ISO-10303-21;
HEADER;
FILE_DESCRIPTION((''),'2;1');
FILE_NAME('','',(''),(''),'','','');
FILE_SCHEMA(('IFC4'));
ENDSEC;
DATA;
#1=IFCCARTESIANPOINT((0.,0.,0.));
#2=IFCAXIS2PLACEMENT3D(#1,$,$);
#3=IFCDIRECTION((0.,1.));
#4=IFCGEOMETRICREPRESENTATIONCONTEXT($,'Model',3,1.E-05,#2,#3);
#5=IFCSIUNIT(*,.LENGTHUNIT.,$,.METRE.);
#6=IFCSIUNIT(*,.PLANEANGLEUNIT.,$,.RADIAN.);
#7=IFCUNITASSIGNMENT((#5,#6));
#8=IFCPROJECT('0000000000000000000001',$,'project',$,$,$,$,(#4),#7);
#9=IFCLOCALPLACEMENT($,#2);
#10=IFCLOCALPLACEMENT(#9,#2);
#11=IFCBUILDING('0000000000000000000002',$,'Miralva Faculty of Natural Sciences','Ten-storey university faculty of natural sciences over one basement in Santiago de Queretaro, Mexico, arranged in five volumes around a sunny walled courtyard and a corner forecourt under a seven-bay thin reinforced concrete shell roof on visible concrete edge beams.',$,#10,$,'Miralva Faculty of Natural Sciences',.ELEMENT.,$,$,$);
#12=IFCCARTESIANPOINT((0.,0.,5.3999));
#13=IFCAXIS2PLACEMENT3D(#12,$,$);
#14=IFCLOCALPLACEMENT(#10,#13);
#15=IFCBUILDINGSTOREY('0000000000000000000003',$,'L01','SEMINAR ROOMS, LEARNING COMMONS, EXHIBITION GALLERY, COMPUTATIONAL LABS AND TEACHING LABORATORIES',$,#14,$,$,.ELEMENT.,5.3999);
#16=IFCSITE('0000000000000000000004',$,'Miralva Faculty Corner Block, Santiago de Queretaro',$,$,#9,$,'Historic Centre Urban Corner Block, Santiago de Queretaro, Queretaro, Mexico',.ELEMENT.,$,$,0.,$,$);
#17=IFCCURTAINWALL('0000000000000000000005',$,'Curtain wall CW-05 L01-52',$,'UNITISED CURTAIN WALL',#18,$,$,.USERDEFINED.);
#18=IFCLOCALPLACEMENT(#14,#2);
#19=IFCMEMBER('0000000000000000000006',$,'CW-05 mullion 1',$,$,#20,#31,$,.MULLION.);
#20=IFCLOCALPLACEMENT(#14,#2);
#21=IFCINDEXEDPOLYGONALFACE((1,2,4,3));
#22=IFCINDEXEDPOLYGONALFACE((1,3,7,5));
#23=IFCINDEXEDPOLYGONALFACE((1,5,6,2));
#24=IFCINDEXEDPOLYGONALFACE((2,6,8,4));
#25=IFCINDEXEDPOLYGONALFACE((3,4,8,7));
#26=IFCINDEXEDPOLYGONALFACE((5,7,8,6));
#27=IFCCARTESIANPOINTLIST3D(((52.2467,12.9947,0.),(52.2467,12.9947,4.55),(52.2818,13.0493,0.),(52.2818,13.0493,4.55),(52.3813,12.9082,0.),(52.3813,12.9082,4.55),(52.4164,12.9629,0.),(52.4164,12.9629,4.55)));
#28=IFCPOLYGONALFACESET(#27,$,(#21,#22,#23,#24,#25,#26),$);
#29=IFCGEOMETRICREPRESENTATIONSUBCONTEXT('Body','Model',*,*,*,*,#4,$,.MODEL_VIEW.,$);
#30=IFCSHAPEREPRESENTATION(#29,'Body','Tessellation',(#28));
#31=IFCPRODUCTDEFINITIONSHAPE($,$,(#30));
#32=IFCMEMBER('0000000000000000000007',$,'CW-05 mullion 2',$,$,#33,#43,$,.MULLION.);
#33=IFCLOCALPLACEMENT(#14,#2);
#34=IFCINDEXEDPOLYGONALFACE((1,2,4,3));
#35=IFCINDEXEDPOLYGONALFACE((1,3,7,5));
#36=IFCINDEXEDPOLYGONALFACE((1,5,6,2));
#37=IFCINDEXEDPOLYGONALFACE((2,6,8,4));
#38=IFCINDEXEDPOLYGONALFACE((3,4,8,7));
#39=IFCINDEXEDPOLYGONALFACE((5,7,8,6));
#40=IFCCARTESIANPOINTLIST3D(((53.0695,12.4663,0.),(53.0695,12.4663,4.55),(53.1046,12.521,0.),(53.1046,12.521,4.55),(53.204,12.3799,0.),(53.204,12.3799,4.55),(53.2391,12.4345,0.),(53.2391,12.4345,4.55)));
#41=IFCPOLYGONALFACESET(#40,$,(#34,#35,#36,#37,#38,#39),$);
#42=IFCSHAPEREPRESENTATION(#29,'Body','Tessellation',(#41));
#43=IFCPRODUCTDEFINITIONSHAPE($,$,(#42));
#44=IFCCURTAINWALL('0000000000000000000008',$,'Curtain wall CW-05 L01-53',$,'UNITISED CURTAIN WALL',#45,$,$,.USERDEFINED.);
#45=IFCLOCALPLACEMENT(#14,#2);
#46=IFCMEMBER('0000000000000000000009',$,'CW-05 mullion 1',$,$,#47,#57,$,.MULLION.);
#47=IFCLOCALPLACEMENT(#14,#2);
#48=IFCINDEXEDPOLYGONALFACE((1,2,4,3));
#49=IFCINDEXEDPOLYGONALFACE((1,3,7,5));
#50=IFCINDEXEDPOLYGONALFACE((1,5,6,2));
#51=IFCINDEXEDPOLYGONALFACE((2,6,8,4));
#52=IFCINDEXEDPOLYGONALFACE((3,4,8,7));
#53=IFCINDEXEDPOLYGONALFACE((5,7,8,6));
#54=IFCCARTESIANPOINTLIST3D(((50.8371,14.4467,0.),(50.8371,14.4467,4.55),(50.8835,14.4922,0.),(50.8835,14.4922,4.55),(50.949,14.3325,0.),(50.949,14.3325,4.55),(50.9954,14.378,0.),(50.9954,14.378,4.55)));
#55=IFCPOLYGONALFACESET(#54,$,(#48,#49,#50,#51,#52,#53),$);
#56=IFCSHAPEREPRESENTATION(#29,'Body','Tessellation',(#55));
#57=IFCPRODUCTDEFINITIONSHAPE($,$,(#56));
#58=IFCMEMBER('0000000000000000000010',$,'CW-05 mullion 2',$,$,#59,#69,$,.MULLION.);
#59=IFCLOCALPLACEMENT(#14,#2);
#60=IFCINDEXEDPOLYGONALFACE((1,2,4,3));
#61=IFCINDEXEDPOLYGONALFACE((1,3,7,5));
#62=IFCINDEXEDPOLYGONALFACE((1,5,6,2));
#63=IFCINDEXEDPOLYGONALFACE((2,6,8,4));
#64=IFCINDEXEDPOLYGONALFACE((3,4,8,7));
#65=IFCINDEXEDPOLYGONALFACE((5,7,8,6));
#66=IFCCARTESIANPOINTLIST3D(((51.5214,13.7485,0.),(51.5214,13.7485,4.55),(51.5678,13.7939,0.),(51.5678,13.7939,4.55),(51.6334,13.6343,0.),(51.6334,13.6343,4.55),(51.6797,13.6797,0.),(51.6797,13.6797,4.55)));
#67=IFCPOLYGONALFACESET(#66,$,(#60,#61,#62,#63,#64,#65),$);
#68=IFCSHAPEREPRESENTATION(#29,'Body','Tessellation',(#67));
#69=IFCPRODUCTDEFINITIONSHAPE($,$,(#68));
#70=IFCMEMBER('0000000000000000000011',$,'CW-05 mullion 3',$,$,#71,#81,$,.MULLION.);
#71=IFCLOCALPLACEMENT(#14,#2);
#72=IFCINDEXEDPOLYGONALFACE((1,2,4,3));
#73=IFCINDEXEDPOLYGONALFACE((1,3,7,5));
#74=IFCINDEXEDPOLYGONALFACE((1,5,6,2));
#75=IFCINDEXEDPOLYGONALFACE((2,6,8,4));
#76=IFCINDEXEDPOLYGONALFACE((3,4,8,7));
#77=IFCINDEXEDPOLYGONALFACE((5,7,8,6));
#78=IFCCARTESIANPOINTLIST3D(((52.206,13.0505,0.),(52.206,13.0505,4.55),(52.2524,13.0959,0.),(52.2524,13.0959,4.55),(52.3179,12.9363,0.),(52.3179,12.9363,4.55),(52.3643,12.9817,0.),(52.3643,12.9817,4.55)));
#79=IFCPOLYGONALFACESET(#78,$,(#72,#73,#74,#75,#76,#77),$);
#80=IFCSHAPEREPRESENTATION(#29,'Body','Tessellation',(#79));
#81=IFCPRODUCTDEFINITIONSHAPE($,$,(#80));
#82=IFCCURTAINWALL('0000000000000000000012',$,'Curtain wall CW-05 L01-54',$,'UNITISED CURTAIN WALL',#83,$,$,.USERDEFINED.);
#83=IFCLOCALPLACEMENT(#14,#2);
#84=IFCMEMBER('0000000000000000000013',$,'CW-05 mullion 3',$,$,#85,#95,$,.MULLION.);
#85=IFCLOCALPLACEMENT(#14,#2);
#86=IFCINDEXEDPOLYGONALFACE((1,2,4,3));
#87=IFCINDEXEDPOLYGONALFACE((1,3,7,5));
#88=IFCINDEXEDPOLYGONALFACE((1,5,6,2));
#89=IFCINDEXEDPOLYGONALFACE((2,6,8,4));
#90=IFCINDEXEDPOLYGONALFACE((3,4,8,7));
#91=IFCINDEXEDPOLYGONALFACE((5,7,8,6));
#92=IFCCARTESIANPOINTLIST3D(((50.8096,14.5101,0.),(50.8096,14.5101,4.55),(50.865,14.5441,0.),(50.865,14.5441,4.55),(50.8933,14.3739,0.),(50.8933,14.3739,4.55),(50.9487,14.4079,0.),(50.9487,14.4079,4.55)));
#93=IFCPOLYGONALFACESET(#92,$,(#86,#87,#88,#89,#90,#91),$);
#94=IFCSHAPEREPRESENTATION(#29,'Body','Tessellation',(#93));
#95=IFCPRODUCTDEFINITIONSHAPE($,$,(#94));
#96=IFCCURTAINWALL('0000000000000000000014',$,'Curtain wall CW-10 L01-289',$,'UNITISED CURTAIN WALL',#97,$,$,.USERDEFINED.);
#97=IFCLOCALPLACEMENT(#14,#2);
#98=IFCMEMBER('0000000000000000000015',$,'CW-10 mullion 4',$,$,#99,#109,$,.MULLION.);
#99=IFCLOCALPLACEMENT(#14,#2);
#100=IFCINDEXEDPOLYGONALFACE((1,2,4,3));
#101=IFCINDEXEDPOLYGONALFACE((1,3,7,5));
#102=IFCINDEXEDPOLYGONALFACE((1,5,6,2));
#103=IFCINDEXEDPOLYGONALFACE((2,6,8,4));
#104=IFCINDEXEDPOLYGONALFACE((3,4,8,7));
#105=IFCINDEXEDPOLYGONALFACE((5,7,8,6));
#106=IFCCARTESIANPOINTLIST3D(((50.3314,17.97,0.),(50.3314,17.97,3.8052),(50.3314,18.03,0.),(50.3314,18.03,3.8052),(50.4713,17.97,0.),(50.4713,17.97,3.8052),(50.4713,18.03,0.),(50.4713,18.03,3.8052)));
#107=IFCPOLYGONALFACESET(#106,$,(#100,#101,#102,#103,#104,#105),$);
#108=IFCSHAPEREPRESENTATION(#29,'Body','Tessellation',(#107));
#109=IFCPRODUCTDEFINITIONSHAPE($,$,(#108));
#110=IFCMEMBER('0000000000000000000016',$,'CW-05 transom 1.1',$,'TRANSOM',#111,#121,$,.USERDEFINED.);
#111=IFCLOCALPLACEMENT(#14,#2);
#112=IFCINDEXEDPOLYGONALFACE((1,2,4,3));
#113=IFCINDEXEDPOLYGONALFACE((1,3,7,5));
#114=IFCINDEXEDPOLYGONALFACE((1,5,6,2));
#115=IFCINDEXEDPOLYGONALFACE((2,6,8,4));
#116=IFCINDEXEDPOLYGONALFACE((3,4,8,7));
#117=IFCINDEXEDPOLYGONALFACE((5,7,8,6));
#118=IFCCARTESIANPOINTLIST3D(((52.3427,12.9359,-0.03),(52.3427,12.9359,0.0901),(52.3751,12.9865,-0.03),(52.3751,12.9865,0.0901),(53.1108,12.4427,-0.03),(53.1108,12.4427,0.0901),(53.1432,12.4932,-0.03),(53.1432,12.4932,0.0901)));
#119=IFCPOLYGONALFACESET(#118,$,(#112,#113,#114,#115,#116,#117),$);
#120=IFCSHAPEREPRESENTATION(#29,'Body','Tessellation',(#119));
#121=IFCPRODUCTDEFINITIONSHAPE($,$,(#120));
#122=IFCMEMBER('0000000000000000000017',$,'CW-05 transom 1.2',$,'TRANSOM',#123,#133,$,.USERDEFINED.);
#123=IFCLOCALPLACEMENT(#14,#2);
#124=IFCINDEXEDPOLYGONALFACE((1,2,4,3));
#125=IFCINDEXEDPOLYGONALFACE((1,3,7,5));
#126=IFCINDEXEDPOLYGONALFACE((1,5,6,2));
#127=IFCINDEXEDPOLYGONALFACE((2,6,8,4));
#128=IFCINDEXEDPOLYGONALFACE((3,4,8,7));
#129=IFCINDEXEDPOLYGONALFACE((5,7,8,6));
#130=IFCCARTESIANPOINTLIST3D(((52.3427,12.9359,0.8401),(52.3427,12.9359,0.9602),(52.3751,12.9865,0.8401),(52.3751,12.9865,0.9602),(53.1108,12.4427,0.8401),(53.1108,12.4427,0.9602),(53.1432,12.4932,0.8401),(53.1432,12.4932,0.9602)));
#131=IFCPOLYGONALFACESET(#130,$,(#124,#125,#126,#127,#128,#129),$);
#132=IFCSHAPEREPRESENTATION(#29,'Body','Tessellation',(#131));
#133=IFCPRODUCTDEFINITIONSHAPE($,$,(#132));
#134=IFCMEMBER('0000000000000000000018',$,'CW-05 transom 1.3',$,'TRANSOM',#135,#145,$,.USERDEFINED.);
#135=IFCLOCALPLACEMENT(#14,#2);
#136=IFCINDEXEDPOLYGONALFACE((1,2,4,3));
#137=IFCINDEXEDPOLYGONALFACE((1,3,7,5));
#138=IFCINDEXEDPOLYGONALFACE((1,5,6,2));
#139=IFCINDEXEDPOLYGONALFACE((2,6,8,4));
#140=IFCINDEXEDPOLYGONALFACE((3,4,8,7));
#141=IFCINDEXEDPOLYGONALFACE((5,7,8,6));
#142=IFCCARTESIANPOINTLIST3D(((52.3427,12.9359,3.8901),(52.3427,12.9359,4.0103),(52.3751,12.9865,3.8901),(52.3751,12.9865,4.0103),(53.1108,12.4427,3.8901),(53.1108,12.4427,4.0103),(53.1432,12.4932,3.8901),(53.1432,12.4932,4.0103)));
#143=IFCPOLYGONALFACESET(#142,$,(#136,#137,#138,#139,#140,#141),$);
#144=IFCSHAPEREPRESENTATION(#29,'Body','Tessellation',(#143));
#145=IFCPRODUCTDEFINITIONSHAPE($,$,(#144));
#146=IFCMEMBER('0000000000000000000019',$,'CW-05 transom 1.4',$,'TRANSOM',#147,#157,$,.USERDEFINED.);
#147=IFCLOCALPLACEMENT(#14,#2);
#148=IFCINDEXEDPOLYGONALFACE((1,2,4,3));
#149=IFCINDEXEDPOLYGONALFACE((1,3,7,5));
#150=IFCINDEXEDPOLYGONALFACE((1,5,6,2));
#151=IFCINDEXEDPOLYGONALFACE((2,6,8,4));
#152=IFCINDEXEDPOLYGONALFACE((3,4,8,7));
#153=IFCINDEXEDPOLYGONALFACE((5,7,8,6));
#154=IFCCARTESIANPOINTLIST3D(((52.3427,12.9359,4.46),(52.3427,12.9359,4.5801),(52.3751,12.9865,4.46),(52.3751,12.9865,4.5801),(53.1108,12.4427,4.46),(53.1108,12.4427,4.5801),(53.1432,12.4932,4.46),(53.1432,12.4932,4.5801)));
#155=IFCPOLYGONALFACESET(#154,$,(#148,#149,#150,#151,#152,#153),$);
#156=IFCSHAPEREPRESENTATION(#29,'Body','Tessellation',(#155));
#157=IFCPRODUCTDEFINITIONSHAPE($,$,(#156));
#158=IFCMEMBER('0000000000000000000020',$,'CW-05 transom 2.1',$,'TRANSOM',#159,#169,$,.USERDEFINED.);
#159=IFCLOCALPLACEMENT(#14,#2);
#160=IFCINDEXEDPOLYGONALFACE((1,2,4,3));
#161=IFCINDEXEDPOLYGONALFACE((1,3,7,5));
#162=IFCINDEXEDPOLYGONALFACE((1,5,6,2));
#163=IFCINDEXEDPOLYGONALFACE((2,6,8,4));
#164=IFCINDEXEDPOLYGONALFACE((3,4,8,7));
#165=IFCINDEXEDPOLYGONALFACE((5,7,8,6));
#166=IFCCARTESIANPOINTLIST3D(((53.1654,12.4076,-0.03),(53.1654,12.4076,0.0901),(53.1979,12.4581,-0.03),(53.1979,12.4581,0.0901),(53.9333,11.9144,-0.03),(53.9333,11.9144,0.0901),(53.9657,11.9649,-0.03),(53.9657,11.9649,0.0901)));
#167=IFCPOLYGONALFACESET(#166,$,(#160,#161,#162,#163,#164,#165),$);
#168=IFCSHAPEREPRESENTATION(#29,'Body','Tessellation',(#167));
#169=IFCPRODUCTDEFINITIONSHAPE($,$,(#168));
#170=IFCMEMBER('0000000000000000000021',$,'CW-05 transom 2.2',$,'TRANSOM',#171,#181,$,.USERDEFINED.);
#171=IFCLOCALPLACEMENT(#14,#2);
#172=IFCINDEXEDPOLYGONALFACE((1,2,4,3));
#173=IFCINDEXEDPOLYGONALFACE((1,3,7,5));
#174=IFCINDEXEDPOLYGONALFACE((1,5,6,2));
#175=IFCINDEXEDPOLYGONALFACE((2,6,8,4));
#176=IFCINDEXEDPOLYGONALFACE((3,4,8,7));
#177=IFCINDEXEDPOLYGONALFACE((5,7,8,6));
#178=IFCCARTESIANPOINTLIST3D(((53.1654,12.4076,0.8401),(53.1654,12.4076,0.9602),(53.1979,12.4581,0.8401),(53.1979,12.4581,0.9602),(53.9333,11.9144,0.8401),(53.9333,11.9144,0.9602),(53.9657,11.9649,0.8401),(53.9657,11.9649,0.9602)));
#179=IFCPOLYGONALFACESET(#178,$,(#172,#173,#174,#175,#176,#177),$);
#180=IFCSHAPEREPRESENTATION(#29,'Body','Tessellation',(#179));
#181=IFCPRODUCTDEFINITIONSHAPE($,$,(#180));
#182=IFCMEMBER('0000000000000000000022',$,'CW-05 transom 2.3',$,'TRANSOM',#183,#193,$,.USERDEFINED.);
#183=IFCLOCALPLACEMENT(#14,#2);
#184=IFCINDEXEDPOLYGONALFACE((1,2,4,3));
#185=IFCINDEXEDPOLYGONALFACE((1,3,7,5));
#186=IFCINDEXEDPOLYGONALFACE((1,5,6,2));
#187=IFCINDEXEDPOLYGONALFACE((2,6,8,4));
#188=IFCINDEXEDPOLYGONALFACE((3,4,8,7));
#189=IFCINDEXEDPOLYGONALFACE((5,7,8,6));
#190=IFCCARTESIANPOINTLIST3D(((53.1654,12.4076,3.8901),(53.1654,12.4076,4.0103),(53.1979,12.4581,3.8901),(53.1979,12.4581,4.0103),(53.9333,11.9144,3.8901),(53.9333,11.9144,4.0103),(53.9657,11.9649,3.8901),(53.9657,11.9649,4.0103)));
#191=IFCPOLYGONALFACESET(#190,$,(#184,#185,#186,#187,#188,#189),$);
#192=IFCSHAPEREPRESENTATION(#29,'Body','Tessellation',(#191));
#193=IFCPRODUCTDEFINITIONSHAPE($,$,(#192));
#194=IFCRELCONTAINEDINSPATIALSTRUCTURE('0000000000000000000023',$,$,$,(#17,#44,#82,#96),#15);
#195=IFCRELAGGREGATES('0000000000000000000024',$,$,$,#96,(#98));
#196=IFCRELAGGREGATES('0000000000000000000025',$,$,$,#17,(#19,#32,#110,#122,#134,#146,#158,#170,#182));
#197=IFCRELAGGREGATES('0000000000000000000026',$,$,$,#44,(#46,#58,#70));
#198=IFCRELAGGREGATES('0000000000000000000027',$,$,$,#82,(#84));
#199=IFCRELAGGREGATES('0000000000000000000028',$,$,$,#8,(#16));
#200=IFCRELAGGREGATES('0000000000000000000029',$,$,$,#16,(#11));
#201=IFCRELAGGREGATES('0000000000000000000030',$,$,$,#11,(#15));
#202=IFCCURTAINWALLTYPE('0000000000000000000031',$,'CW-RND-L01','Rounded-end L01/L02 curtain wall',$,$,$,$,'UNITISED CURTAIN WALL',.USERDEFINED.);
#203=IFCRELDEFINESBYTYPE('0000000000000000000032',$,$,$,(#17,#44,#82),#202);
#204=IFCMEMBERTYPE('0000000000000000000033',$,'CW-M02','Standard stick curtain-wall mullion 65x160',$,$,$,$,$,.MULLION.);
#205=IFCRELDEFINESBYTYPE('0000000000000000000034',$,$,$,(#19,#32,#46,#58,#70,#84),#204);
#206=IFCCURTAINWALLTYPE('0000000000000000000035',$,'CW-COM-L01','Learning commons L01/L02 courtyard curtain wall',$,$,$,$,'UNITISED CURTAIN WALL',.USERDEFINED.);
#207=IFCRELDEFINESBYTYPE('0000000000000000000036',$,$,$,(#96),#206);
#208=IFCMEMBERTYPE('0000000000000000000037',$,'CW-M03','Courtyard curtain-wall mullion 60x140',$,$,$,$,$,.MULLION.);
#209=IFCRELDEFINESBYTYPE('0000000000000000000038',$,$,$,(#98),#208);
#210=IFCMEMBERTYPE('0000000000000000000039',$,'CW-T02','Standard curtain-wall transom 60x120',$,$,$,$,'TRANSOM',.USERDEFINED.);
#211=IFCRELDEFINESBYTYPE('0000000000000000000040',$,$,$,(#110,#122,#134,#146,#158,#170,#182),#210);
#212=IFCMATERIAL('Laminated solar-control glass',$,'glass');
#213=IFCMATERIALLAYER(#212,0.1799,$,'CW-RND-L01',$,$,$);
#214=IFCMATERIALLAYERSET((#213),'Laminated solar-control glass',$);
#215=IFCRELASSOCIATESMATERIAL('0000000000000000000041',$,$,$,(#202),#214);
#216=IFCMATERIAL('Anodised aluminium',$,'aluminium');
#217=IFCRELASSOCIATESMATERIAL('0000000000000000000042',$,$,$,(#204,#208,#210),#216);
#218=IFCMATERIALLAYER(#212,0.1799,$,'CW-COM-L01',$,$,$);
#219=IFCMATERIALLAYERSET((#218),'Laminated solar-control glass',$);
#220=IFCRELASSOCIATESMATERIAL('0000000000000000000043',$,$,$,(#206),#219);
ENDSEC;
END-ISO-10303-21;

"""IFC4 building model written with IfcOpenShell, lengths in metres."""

from ifc_helpers import new_model, si_unit, direction, frame, origin, origin_2d, place, context, subcontext, project, spatial, rectangle, extrude, material, layer, layer_set, material_profile, profile_set, type_object, element, aggregate, save


model = new_model("IFC4")

# Units and contexts
model_context = context("Model", 3, precision=1e-05, world=origin(), true_north=direction((0.0, 1.0)))
body_context = subcontext(model_context, "Body", "Model", "MODEL_VIEW")
ifc_project = project(units=[si_unit("LENGTHUNIT", "METRE"), si_unit("PLANEANGLEUNIT", "RADIAN")], contexts=[model_context])

# Site, building, storey
site_placement = place(None, origin())
site = spatial("IfcSite", under=ifc_project, at=site_placement, Name="Miralva Faculty Corner Block, Santiago de Queretaro", LongName="Historic Centre Urban Corner Block, Santiago de Queretaro, Queretaro, Mexico", CompositionType="ELEMENT", RefElevation=0.0)
building_placement = place(site_placement, origin())
building = spatial("IfcBuilding", under=site, at=building_placement, Name="Miralva Faculty of Natural Sciences", Description="Ten-storey university faculty of natural sciences over one basement in Santiago de Queretaro, Mexico, arranged in five volumes around a sunny walled courtyard and a corner forecourt under a seven-bay thin reinforced concrete shell roof on visible concrete edge beams.", LongName="Miralva Faculty of Natural Sciences", CompositionType="ELEMENT")
storey_placement = place(building_placement, frame((0.0, 0.0, 5.3999)))
storey = spatial("IfcBuildingStorey", under=building, at=storey_placement, Name="L01", Description="SEMINAR ROOMS, LEARNING COMMONS, EXHIBITION GALLERY, COMPUTATIONAL LABS AND TEACHING LABORATORIES", CompositionType="ELEMENT", Elevation=5.3999)

# Curtain walls, members
ifc_material_1 = material(Name="Laminated solar-control glass", Category="glass")
ifc_layer_1 = layer(ifc_material_1, 0.1799, Name="CW-RND-L01")
ifc_layer_set_1 = layer_set([ifc_layer_1], Name="Laminated solar-control glass")
curtain_wall_type_1 = type_object("IfcCurtainWallType", Name="CW-RND-L01", Description="Rounded-end L01/L02 curtain wall", ElementType="UNITISED CURTAIN WALL", PredefinedType="USERDEFINED", material=ifc_layer_set_1)
curtain_wall_1_placement = place(storey_placement, origin())
curtain_wall_1 = element("IfcCurtainWall", 1, at=curtain_wall_1_placement, inside=storey, type_object=curtain_wall_type_1, Name="Curtain wall CW-05 L01-52", ObjectType="UNITISED CURTAIN WALL", PredefinedType="USERDEFINED")
ifc_material_2 = material(Name="Anodised aluminium", Category="aluminium")
ifc_material_profile_1 = material_profile(ifc_material_2, rectangle(XDim=0.0649, YDim=0.1599, at=origin_2d()), Name="MULLION 65x160")
ifc_profile_set_1 = profile_set([ifc_material_profile_1], Name="Anodised aluminium")
member_type_1 = type_object("IfcMemberType", Name="CW-M02", Description="Standard stick curtain-wall mullion 65x160", PredefinedType="MULLION", material=ifc_profile_set_1)
member_1_placement = place(storey_placement, frame((52.3315, 12.9788, 0.0), z_axis=(0.0, 0.0, 1.0), x_axis=(0.540445, 0.841379, 0.0)))
member_1 = element("IfcMember", 2, at=member_1_placement, type_object=member_type_1, Name="CW-05 mullion 1", PredefinedType="MULLION", context=body_context, shape_type="SweptSolid", body=[
    extrude(rectangle(XDim=0.0649, YDim=0.1599, at=origin_2d()), origin(), (0.0, 0.0, 1.0), 4.55),
])
member_2_placement = place(storey_placement, frame((53.1543, 12.4504, 0.0), z_axis=(0.0, 0.0, 1.0), x_axis=(0.540445, 0.841379, 0.0)))
member_2 = element("IfcMember", 3, at=member_2_placement, type_object=member_type_1, Name="CW-05 mullion 2", PredefinedType="MULLION", context=body_context, shape_type="SweptSolid", body=[
    extrude(rectangle(XDim=0.0649, YDim=0.1599, at=origin_2d()), origin(), (0.0, 0.0, 1.0), 4.55),
])
curtain_wall_2_placement = place(storey_placement, origin())
curtain_wall_2 = element("IfcCurtainWall", 4, at=curtain_wall_2_placement, inside=storey, type_object=curtain_wall_type_1, Name="Curtain wall CW-05 L01-53", ObjectType="UNITISED CURTAIN WALL", PredefinedType="USERDEFINED")
member_3_placement = place(storey_placement, frame((50.9163, 14.4124, 0.0), z_axis=(0.0, 0.0, 1.0), x_axis=(0.714125, 0.700018, 0.0)))
member_3 = element("IfcMember", 5, at=member_3_placement, type_object=member_type_1, Name="CW-05 mullion 1", PredefinedType="MULLION", context=body_context, shape_type="SweptSolid", body=[
    extrude(rectangle(XDim=0.0649, YDim=0.1599, at=origin_2d()), origin(), (0.0, 0.0, 1.0), 4.55),
])
member_4_placement = place(storey_placement, frame((51.6006, 13.7141, 0.0), z_axis=(0.0, 0.0, 1.0), x_axis=(0.714125, 0.700018, 0.0)))
member_4 = element("IfcMember", 6, at=member_4_placement, type_object=member_type_1, Name="CW-05 mullion 2", PredefinedType="MULLION", context=body_context, shape_type="SweptSolid", body=[
    extrude(rectangle(XDim=0.0649, YDim=0.1599, at=origin_2d()), origin(), (0.0, 0.0, 1.0), 4.55),
])
member_5_placement = place(storey_placement, frame((52.2852, 13.0161, 0.0), z_axis=(0.0, 0.0, 1.0), x_axis=(0.714125, 0.700018, 0.0)))
member_5 = element("IfcMember", 7, at=member_5_placement, type_object=member_type_1, Name="CW-05 mullion 3", PredefinedType="MULLION", context=body_context, shape_type="SweptSolid", body=[
    extrude(rectangle(XDim=0.0649, YDim=0.1599, at=origin_2d()), origin(), (0.0, 0.0, 1.0), 4.55),
])

# Curtain walls, members
curtain_wall_3_placement = place(storey_placement, origin())
curtain_wall_3 = element("IfcCurtainWall", 8, at=curtain_wall_3_placement, inside=storey, type_object=curtain_wall_type_1, Name="Curtain wall CW-05 L01-54", ObjectType="UNITISED CURTAIN WALL", PredefinedType="USERDEFINED")
member_6_placement = place(storey_placement, frame((50.8792, 14.459, 0.0), z_axis=(0.0, 0.0, 1.0), x_axis=(0.851995, 0.523551, 0.0)))
member_6 = element("IfcMember", 9, at=member_6_placement, type_object=member_type_1, Name="CW-05 mullion 3", PredefinedType="MULLION", context=body_context, shape_type="SweptSolid", body=[
    extrude(rectangle(XDim=0.0649, YDim=0.1599, at=origin_2d()), origin(), (0.0, 0.0, 1.0), 4.55),
])
ifc_layer_2 = layer(ifc_material_1, 0.1799, Name="CW-COM-L01")
ifc_layer_set_2 = layer_set([ifc_layer_2], Name="Laminated solar-control glass")
curtain_wall_type_2 = type_object("IfcCurtainWallType", Name="CW-COM-L01", Description="Learning commons L01/L02 courtyard curtain wall", ElementType="UNITISED CURTAIN WALL", PredefinedType="USERDEFINED", material=ifc_layer_set_2)
curtain_wall_4_placement = place(storey_placement, origin())
curtain_wall_4 = element("IfcCurtainWall", 10, at=curtain_wall_4_placement, inside=storey, type_object=curtain_wall_type_2, Name="Curtain wall CW-10 L01-289", ObjectType="UNITISED CURTAIN WALL", PredefinedType="USERDEFINED")
ifc_material_profile_2 = material_profile(ifc_material_2, rectangle(XDim=0.0601, YDim=0.1399, at=origin_2d()), Name="MULLION 60x140")
ifc_profile_set_2 = profile_set([ifc_material_profile_2], Name="Anodised aluminium")
member_type_2 = type_object("IfcMemberType", Name="CW-M03", Description="Courtyard curtain-wall mullion 60x140", PredefinedType="MULLION", material=ifc_profile_set_2)
member_7_placement = place(storey_placement, frame((50.4014, 18.0, 0.0), z_axis=(0.0, 0.0, 1.0), x_axis=(0.0, 1.0, 0.0)))
member_7 = element("IfcMember", 11, at=member_7_placement, type_object=member_type_2, Name="CW-10 mullion 4", PredefinedType="MULLION", context=body_context, shape_type="SweptSolid", body=[
    extrude(rectangle(XDim=0.0601, YDim=0.1399, at=origin_2d()), origin(), (0.0, 0.0, 1.0), 3.8052),
])
aggregate(curtain_wall_4, [member_7])

# Members
ifc_material_profile_3 = material_profile(ifc_material_2, rectangle(XDim=0.0601, YDim=0.1201, at=origin_2d()), Name="TRANSOM 60x120")
ifc_profile_set_3 = profile_set([ifc_material_profile_3], Name="Anodised aluminium")
member_type_3 = type_object("IfcMemberType", Name="CW-T02", Description="Standard curtain-wall transom 60x120", ElementType="TRANSOM", PredefinedType="USERDEFINED", material=ifc_profile_set_3)
member_8_placement = place(storey_placement, frame((52.3589, 12.9612, 0.03), z_axis=(0.841474, -0.540298, 0.0), x_axis=(0.540298, 0.841474, 0.0)))
member_8 = element("IfcMember", 12, at=member_8_placement, type_object=member_type_3, Name="CW-05 transom 1.1", ObjectType="TRANSOM", PredefinedType="USERDEFINED", context=body_context, shape_type="SweptSolid", body=[
    extrude(rectangle(XDim=0.0601, YDim=0.1201, at=origin_2d()), origin(), (0.0, 0.0, 1.0), 0.9128),
])
member_9_placement = place(storey_placement, frame((52.3589, 12.9612, 0.9001), z_axis=(0.841474, -0.540298, 0.0), x_axis=(0.540298, 0.841474, 0.0)))
member_9 = element("IfcMember", 13, at=member_9_placement, type_object=member_type_3, Name="CW-05 transom 1.2", ObjectType="TRANSOM", PredefinedType="USERDEFINED", context=body_context, shape_type="SweptSolid", body=[
    extrude(rectangle(XDim=0.0601, YDim=0.1201, at=origin_2d()), origin(), (0.0, 0.0, 1.0), 0.9128),
])
member_10_placement = place(storey_placement, frame((52.3589, 12.9612, 3.9502), z_axis=(0.841474, -0.540298, 0.0), x_axis=(0.540298, 0.841474, 0.0)))
member_10 = element("IfcMember", 14, at=member_10_placement, type_object=member_type_3, Name="CW-05 transom 1.3", ObjectType="TRANSOM", PredefinedType="USERDEFINED", context=body_context, shape_type="SweptSolid", body=[
    extrude(rectangle(XDim=0.0601, YDim=0.1201, at=origin_2d()), origin(), (0.0, 0.0, 1.0), 0.9128),
])
member_11_placement = place(storey_placement, frame((52.3589, 12.9612, 4.52), z_axis=(0.841474, -0.540298, 0.0), x_axis=(0.540298, 0.841474, 0.0)))
member_11 = element("IfcMember", 15, at=member_11_placement, type_object=member_type_3, Name="CW-05 transom 1.4", ObjectType="TRANSOM", PredefinedType="USERDEFINED", context=body_context, shape_type="SweptSolid", body=[
    extrude(rectangle(XDim=0.0601, YDim=0.1201, at=origin_2d()), origin(), (0.0, 0.0, 1.0), 0.9128),
])
member_12_placement = place(storey_placement, frame((53.1816, 12.4329, 0.03), z_axis=(0.841396, -0.54042, 0.0), x_axis=(0.54042, 0.841396, 0.0)))
member_12 = element("IfcMember", 16, at=member_12_placement, type_object=member_type_3, Name="CW-05 transom 2.1", ObjectType="TRANSOM", PredefinedType="USERDEFINED", context=body_context, shape_type="SweptSolid", body=[
    extrude(rectangle(XDim=0.0601, YDim=0.1201, at=origin_2d()), origin(), (0.0, 0.0, 1.0), 0.9126),
])
member_13_placement = place(storey_placement, frame((53.1816, 12.4329, 0.9001), z_axis=(0.841396, -0.54042, 0.0), x_axis=(0.54042, 0.841396, 0.0)))
member_13 = element("IfcMember", 17, at=member_13_placement, type_object=member_type_3, Name="CW-05 transom 2.2", ObjectType="TRANSOM", PredefinedType="USERDEFINED", context=body_context, shape_type="SweptSolid", body=[
    extrude(rectangle(XDim=0.0601, YDim=0.1201, at=origin_2d()), origin(), (0.0, 0.0, 1.0), 0.9126),
])
member_14_placement = place(storey_placement, frame((53.1816, 12.4329, 3.9502), z_axis=(0.841396, -0.54042, 0.0), x_axis=(0.54042, 0.841396, 0.0)))
member_14 = element("IfcMember", 18, at=member_14_placement, type_object=member_type_3, Name="CW-05 transom 2.3", ObjectType="TRANSOM", PredefinedType="USERDEFINED", context=body_context, shape_type="SweptSolid", body=[
    extrude(rectangle(XDim=0.0601, YDim=0.1201, at=origin_2d()), origin(), (0.0, 0.0, 1.0), 0.9126),
])

aggregate(curtain_wall_1, [member_1, member_2, member_8, member_9, member_10, member_11, member_12, member_13, member_14])
aggregate(curtain_wall_2, [member_3, member_4, member_5])
aggregate(curtain_wall_3, [member_6])

save(model, "model.ifc")
